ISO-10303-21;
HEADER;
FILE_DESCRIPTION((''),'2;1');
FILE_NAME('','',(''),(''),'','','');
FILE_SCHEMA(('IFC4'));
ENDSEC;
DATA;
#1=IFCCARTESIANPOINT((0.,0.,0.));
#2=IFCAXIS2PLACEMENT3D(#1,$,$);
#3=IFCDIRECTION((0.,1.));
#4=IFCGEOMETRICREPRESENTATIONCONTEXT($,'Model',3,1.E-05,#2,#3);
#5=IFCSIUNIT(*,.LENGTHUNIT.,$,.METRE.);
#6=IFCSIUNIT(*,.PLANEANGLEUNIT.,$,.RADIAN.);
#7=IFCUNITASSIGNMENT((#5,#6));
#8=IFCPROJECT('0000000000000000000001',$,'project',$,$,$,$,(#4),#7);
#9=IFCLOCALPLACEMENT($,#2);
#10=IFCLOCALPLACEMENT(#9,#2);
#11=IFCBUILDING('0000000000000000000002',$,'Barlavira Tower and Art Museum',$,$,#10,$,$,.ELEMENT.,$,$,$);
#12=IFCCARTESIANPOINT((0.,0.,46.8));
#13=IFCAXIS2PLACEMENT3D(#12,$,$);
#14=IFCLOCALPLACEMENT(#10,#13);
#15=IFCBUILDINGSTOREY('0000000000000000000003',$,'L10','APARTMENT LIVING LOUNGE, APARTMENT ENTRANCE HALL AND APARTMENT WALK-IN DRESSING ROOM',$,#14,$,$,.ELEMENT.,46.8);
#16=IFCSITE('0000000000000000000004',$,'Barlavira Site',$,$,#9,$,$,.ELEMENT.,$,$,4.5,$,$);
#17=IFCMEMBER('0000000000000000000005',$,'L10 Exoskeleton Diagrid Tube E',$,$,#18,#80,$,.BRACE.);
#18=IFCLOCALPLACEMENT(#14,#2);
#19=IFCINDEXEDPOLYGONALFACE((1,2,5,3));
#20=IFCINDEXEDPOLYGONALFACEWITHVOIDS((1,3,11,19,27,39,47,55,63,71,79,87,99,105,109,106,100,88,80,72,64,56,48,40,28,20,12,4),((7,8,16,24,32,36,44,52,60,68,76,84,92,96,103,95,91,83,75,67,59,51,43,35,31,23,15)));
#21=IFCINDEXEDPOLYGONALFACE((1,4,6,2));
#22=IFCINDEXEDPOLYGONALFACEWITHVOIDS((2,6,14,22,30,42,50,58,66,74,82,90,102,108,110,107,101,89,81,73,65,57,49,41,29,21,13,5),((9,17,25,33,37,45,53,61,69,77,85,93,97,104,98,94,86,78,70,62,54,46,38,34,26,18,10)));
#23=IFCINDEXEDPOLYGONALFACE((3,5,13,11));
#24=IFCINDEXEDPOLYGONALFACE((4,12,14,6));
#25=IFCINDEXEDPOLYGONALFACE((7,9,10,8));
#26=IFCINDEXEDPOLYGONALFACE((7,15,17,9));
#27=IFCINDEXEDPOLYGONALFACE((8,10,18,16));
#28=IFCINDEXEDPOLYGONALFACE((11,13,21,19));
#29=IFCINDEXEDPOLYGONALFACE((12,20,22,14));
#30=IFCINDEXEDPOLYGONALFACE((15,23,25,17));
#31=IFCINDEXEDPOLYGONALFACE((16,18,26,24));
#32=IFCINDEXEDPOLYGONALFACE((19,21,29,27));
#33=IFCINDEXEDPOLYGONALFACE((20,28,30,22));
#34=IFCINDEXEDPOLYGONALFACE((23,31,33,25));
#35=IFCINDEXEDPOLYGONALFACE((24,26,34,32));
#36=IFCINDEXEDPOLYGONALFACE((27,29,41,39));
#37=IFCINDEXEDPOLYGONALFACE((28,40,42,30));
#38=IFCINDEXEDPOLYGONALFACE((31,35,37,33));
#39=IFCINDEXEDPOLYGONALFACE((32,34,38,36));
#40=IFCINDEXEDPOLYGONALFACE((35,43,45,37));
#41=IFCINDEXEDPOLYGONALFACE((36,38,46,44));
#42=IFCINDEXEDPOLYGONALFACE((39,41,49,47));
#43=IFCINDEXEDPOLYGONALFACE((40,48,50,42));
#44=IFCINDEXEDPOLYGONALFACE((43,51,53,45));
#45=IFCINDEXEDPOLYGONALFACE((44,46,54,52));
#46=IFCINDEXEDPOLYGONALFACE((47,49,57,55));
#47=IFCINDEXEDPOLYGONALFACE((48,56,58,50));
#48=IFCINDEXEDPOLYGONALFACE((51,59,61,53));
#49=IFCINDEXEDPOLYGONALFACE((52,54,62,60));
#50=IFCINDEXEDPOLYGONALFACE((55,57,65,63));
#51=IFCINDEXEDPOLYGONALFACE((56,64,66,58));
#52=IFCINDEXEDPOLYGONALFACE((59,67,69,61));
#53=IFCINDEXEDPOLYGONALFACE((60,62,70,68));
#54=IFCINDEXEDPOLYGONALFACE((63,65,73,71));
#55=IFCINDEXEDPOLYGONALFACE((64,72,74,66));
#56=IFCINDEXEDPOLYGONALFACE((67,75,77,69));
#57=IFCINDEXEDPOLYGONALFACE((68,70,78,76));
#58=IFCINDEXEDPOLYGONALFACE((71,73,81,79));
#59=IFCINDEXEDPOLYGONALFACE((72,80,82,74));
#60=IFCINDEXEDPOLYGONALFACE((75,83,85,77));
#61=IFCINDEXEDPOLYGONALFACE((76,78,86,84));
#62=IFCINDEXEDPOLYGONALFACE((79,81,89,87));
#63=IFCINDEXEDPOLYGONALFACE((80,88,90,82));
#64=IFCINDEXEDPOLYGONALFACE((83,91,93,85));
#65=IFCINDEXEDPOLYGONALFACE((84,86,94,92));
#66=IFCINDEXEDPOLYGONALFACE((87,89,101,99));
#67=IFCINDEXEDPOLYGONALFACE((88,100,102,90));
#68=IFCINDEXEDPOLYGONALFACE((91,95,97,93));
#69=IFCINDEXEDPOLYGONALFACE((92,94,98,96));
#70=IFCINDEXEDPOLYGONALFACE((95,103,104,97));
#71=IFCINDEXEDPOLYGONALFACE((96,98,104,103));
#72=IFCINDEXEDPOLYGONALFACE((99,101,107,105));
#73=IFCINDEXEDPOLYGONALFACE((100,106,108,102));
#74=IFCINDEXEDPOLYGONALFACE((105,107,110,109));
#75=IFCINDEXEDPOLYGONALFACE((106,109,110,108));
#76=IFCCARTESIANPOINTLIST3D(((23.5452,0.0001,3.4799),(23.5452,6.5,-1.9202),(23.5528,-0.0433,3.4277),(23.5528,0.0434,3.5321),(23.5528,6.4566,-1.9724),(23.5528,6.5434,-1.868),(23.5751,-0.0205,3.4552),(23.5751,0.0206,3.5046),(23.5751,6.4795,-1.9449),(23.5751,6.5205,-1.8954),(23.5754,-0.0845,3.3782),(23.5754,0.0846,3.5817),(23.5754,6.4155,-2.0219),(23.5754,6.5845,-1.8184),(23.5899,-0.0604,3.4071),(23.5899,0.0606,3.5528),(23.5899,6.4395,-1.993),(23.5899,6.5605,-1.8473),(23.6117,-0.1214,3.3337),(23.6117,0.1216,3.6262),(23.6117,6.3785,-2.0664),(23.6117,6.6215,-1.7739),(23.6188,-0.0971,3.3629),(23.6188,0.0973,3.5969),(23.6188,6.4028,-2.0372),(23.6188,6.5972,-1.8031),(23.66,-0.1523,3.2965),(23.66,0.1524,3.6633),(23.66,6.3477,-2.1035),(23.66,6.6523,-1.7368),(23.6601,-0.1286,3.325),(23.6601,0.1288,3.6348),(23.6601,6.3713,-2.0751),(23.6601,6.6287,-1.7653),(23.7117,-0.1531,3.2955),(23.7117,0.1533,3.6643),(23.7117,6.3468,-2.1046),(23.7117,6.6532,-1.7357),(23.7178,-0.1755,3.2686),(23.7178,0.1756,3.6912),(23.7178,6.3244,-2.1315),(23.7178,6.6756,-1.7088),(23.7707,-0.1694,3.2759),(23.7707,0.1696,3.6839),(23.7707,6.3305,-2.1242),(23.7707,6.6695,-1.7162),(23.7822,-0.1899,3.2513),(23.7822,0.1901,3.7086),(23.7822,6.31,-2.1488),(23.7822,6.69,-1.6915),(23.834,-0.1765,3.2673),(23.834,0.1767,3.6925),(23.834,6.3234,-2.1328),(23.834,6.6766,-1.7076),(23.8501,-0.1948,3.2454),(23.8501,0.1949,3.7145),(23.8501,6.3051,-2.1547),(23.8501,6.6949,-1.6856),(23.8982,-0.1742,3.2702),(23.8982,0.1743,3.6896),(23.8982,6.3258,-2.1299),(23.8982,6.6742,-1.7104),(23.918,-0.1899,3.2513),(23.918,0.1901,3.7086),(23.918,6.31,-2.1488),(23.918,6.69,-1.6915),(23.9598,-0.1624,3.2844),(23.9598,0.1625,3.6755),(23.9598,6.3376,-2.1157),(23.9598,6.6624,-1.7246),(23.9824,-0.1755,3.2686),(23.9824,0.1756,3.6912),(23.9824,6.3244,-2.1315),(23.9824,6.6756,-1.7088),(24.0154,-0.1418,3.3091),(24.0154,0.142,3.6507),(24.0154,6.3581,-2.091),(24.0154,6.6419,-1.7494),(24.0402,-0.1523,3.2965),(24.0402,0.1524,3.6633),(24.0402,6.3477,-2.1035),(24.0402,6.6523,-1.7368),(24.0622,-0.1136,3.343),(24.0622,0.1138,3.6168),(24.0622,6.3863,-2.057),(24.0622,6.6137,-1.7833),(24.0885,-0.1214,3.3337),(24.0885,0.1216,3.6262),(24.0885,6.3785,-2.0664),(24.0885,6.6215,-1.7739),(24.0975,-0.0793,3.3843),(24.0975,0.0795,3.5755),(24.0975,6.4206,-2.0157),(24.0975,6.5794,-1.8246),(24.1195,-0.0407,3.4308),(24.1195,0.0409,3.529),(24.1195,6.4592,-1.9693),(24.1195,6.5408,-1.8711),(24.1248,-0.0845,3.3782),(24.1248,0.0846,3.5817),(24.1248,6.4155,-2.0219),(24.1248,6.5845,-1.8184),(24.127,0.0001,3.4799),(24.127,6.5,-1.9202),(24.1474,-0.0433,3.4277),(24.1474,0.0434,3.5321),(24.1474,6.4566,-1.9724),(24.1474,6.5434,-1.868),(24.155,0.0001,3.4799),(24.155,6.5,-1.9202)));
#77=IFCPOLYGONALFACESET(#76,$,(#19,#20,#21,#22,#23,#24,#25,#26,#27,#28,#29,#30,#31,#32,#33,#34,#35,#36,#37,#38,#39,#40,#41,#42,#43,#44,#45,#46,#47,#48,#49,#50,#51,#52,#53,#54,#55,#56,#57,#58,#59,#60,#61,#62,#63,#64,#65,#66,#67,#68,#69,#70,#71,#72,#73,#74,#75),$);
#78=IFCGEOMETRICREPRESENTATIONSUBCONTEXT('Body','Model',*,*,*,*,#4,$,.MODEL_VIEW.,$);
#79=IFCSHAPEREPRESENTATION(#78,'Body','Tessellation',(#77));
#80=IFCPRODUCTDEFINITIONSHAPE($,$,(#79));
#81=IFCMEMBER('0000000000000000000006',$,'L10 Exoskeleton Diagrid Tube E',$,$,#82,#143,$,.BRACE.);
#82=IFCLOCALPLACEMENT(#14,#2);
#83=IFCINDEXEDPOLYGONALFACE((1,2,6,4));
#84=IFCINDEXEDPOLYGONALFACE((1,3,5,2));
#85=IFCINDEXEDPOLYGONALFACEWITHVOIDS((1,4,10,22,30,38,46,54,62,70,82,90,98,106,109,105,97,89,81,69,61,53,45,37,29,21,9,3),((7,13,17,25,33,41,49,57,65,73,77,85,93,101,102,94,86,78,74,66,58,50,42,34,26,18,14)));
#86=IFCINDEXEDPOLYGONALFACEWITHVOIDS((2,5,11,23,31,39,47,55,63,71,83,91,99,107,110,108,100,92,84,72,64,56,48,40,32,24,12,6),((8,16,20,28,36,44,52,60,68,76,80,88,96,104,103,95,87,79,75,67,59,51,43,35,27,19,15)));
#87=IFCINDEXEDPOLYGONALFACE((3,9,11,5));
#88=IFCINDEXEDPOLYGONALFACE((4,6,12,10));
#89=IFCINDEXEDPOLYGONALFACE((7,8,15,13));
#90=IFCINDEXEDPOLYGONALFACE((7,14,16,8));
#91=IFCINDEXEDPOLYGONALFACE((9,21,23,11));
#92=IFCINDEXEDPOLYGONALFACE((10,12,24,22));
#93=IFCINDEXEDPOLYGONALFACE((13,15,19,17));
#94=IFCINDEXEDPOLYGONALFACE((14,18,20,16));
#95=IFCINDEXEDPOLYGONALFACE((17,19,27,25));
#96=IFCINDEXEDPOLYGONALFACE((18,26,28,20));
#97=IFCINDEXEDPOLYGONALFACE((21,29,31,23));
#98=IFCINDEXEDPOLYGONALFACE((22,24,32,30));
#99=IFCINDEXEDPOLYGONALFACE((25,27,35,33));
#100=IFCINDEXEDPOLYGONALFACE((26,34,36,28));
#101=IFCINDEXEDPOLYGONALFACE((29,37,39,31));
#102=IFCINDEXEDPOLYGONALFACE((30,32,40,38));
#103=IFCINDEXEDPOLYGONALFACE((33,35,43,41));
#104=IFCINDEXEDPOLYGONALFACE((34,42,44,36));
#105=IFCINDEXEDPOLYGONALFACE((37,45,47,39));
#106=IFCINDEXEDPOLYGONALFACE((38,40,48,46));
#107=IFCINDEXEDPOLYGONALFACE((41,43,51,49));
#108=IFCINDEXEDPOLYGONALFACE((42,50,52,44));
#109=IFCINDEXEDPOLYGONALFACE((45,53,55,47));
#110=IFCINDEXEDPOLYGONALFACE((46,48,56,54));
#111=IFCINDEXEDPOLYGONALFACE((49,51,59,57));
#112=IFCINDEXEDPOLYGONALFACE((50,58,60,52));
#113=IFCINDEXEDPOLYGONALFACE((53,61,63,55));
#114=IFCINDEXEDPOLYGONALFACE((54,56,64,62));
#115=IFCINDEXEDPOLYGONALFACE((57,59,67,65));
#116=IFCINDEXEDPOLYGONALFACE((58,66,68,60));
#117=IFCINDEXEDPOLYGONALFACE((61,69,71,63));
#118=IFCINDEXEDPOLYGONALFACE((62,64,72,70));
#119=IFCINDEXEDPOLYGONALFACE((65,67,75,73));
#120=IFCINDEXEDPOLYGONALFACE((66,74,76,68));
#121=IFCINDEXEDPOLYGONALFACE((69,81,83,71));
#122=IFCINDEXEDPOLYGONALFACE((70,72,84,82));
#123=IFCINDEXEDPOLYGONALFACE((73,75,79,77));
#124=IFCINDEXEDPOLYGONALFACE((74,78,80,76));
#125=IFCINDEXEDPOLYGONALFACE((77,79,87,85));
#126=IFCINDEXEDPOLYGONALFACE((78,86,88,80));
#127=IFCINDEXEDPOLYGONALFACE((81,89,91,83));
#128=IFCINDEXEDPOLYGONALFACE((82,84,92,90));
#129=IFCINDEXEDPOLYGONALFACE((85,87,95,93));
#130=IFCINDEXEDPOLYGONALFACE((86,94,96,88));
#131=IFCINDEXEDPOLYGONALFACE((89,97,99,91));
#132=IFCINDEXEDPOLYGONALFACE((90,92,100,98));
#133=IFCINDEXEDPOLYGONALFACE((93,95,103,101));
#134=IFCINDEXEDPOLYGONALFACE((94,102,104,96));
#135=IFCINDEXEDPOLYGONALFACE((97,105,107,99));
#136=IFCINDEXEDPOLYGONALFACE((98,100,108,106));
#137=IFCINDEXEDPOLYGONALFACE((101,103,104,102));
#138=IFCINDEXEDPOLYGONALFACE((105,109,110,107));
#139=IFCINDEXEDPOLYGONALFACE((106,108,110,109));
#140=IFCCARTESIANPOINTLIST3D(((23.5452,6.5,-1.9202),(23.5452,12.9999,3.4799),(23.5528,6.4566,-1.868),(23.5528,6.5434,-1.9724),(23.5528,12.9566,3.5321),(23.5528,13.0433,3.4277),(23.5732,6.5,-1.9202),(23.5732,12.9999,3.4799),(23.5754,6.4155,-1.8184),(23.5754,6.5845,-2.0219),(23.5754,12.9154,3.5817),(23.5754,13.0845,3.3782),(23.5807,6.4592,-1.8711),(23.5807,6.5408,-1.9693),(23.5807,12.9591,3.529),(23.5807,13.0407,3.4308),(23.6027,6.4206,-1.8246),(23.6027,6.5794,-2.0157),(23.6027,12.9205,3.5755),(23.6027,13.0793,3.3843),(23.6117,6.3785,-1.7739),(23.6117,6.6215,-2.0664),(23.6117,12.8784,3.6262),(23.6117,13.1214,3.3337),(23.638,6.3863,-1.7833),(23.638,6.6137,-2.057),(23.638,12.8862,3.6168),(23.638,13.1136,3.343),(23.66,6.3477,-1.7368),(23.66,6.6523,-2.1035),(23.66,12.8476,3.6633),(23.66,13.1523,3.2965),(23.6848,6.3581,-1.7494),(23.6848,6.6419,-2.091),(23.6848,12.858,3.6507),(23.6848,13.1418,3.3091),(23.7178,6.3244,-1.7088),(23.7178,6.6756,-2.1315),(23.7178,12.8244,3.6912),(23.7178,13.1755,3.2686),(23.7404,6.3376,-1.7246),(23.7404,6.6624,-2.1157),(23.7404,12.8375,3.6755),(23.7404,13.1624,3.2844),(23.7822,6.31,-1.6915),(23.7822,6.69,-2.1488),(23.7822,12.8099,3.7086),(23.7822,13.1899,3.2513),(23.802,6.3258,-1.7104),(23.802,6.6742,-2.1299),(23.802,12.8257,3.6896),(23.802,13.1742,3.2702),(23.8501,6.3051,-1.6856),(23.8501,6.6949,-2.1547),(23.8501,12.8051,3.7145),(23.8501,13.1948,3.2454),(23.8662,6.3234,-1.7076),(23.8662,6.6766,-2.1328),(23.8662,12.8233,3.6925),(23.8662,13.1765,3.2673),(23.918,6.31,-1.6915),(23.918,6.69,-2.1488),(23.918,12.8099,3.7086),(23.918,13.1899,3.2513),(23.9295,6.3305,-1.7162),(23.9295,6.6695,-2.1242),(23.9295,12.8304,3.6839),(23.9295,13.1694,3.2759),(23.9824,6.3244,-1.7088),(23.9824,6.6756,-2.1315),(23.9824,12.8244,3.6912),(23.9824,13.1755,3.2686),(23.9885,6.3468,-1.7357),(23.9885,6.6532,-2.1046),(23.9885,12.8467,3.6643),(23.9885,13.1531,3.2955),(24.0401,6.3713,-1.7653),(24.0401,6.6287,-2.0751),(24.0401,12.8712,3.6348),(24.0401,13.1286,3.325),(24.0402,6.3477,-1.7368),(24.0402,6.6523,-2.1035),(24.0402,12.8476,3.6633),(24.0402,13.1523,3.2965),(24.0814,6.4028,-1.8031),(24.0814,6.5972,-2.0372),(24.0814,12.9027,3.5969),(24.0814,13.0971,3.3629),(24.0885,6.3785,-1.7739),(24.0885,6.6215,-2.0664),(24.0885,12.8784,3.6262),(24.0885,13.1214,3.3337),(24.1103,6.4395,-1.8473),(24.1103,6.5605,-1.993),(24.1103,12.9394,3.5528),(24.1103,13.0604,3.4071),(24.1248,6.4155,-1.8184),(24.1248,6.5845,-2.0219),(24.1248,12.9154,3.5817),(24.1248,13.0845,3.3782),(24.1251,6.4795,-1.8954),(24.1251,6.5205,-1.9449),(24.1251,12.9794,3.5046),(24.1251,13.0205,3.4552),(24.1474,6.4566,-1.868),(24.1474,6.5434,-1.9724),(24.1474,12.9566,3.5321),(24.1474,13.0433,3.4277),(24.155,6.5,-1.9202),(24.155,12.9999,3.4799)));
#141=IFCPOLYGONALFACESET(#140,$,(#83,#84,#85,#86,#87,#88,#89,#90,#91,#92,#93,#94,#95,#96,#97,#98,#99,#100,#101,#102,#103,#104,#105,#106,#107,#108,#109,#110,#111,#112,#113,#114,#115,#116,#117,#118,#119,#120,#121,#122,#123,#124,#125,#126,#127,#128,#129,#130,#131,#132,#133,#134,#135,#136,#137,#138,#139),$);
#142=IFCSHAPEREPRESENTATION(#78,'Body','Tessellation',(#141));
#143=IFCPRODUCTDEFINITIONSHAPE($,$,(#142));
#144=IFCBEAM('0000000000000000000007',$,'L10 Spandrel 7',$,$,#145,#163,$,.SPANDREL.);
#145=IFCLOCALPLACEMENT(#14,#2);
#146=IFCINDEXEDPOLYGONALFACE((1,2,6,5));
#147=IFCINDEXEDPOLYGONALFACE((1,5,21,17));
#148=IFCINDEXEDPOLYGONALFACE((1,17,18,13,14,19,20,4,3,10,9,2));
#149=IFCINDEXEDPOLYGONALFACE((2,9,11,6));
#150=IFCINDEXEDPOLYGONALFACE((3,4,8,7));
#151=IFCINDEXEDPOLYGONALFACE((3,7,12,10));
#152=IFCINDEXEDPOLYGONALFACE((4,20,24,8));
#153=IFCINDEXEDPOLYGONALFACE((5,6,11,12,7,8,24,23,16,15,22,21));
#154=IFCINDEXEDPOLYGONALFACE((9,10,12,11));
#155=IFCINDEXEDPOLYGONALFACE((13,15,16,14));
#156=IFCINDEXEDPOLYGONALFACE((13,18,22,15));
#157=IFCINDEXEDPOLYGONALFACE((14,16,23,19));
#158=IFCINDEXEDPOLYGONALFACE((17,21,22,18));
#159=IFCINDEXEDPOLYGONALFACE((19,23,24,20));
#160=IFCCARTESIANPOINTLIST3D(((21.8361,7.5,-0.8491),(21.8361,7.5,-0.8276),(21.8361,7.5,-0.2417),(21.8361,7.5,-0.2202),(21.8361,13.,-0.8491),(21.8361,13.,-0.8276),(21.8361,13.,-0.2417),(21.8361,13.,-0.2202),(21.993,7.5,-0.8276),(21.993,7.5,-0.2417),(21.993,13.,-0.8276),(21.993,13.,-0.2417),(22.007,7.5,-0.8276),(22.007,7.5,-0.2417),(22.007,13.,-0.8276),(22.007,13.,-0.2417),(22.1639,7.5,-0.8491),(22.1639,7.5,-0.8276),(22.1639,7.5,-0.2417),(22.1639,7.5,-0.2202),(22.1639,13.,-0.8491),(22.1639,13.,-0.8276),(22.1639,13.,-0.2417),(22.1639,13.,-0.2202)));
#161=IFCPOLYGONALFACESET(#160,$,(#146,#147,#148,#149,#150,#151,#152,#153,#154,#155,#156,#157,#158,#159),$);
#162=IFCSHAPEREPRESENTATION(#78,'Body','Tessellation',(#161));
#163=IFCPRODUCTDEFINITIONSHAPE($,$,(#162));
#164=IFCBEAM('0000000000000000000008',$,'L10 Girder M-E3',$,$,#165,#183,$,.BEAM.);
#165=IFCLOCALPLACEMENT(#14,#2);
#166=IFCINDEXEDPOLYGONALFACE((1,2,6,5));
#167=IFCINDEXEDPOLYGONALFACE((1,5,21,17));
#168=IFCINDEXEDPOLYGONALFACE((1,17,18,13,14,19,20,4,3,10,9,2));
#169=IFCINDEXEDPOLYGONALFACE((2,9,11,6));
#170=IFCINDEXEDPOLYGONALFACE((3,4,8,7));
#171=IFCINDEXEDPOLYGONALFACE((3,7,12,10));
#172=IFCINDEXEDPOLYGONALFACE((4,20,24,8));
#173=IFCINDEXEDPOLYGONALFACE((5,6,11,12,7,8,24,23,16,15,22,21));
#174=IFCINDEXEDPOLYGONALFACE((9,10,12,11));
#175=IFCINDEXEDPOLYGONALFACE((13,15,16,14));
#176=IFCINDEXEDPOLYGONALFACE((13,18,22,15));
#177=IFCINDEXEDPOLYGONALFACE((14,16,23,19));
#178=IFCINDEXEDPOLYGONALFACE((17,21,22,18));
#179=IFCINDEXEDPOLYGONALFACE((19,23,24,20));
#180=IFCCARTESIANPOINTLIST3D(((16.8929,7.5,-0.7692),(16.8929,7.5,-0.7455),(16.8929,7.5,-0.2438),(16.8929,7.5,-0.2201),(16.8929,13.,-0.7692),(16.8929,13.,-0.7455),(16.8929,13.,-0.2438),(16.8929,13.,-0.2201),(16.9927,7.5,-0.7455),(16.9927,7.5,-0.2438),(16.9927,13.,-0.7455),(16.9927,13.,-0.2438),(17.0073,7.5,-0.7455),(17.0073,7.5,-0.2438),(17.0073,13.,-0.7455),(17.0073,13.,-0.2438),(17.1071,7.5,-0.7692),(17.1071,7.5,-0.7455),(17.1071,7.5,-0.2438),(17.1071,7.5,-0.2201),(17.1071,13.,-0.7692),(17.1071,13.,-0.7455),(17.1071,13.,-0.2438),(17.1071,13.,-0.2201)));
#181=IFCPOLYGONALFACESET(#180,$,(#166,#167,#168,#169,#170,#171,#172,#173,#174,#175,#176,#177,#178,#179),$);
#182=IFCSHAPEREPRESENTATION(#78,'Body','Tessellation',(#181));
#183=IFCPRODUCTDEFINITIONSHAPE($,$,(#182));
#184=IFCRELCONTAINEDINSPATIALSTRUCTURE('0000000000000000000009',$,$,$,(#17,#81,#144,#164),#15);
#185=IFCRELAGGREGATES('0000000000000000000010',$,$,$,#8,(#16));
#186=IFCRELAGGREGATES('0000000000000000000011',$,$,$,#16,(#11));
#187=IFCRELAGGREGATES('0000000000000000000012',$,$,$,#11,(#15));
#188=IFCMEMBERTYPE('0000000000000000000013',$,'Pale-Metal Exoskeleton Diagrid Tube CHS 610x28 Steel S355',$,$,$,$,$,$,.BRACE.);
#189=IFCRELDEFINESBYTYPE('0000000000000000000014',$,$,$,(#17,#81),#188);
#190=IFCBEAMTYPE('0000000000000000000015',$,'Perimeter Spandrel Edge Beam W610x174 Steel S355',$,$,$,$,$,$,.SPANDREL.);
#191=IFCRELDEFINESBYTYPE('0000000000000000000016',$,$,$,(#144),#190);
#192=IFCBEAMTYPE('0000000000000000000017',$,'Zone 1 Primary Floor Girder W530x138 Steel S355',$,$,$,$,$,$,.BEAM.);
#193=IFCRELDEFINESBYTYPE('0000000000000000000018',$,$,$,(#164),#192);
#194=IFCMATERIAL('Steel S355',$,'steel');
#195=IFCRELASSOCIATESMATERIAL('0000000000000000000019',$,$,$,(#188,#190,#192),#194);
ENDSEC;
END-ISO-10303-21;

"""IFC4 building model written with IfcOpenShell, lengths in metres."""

from ifc_helpers import new_model, si_unit, direction, frame, origin, origin_2d, place, context, subcontext, project, spatial, hollow_circle, i_section, extrude, material, material_profile, profile_set, type_object, element, save


model = new_model("IFC4")

# Units and contexts
model_context = context("Model", 3, precision=1e-05, world=origin(), true_north=direction((0.0, 1.0)))
body_context = subcontext(model_context, "Body", "Model", "MODEL_VIEW")
ifc_project = project(units=[si_unit("LENGTHUNIT", "METRE"), si_unit("PLANEANGLEUNIT", "RADIAN")], contexts=[model_context])

# Site, building, storey
site_placement = place(None, origin())
site = spatial("IfcSite", under=ifc_project, at=site_placement, Name="Barlavira Site", CompositionType="ELEMENT", RefElevation=4.5)
building_placement = place(site_placement, origin())
building = spatial("IfcBuilding", under=site, at=building_placement, Name="Barlavira Tower and Art Museum", CompositionType="ELEMENT")
storey_placement = place(building_placement, frame((0.0, 0.0, 46.8)))
storey = spatial("IfcBuildingStorey", under=building, at=storey_placement, Name="L10", Description="APARTMENT LIVING LOUNGE, APARTMENT ENTRANCE HALL AND APARTMENT WALK-IN DRESSING ROOM", CompositionType="ELEMENT", Elevation=46.8)

# Shared definitions
ifc_material_1 = material(Name="Steel S355", Category="steel")

# Members
ifc_material_profile_1 = material_profile(ifc_material_1, hollow_circle(Radius=0.3049, WallThickness=0.0281, at=origin_2d()), Name="CHS 610.0x28.0")
ifc_profile_set_1 = profile_set([ifc_material_profile_1], Name="Steel S355")
member_type_1 = type_object("IfcMemberType", Name="Pale-Metal Exoskeleton Diagrid Tube CHS 610x28 Steel S355", PredefinedType="BRACE", material=ifc_profile_set_1)
for number, where, z_axis, x_axis, name in (
    (1, (23.8501, 6.5, -1.9202), (0.0, -0.769182, 0.63903), (1.0, 0.0, 0.0), "L10 Exoskeleton Diagrid Tube E"),
    (2, (23.8501, 6.5, -1.9202), (0.0, 0.769182, 0.63903), (-1.0, 0.0, 0.0), "L10 Exoskeleton Diagrid Tube E"),
):
    element("IfcMember", number, at=place(storey_placement, frame(where, z_axis=z_axis, x_axis=x_axis)), inside=storey, type_object=member_type_1, Name=name, PredefinedType="BRACE", context=body_context, shape_type="SweptSolid", body=[
        extrude(hollow_circle(Radius=0.3049, WallThickness=0.0281, at=origin_2d()), origin(), (0.0, 0.0, 1.0), 8.4504),
    ])

# Beams
ifc_material_profile_2 = material_profile(ifc_material_1, i_section(OverallWidth=0.3279, OverallDepth=0.6289, WebThickness=0.0139, FlangeThickness=0.0215, at=origin_2d()), Name="W610x174.0")
ifc_profile_set_2 = profile_set([ifc_material_profile_2], Name="Steel S355")
beam_type_1 = type_object("IfcBeamType", Name="Perimeter Spandrel Edge Beam W610x174 Steel S355", PredefinedType="SPANDREL", material=ifc_profile_set_2)
beam_1_placement = place(storey_placement, frame((22.0, 7.5, -0.5347), z_axis=(0.0, 1.0, 0.0), x_axis=(-1.0, 0.0, 0.0)))
element("IfcBeam", 3, at=beam_1_placement, inside=storey, type_object=beam_type_1, Name="L10 Spandrel 7", PredefinedType="SPANDREL", context=body_context, shape_type="SweptSolid", body=[
    extrude(i_section(OverallWidth=0.3279, OverallDepth=0.6289, WebThickness=0.0139, FlangeThickness=0.0215, at=origin_2d()), origin(), (0.0, 0.0, 1.0), 5.5),
])
ifc_material_profile_3 = material_profile(ifc_material_1, i_section(OverallWidth=0.2141, OverallDepth=0.5491, WebThickness=0.0146, FlangeThickness=0.0237, at=origin_2d()), Name="W530x138.0")
ifc_profile_set_3 = profile_set([ifc_material_profile_3], Name="Steel S355")
beam_type_2 = type_object("IfcBeamType", Name="Zone 1 Primary Floor Girder W530x138 Steel S355", PredefinedType="BEAM", material=ifc_profile_set_3)
beam_2_placement = place(storey_placement, frame((17.0, 7.5, -0.4946), z_axis=(0.0, 1.0, 0.0), x_axis=(-1.0, 0.0, 0.0)))
element("IfcBeam", 4, at=beam_2_placement, inside=storey, type_object=beam_type_2, Name="L10 Girder M-E3", PredefinedType="BEAM", context=body_context, shape_type="SweptSolid", body=[
    extrude(i_section(OverallWidth=0.2141, OverallDepth=0.5491, WebThickness=0.0146, FlangeThickness=0.0237, at=origin_2d()), origin(), (0.0, 0.0, 1.0), 5.5),
])

save(model, "model.ifc")
